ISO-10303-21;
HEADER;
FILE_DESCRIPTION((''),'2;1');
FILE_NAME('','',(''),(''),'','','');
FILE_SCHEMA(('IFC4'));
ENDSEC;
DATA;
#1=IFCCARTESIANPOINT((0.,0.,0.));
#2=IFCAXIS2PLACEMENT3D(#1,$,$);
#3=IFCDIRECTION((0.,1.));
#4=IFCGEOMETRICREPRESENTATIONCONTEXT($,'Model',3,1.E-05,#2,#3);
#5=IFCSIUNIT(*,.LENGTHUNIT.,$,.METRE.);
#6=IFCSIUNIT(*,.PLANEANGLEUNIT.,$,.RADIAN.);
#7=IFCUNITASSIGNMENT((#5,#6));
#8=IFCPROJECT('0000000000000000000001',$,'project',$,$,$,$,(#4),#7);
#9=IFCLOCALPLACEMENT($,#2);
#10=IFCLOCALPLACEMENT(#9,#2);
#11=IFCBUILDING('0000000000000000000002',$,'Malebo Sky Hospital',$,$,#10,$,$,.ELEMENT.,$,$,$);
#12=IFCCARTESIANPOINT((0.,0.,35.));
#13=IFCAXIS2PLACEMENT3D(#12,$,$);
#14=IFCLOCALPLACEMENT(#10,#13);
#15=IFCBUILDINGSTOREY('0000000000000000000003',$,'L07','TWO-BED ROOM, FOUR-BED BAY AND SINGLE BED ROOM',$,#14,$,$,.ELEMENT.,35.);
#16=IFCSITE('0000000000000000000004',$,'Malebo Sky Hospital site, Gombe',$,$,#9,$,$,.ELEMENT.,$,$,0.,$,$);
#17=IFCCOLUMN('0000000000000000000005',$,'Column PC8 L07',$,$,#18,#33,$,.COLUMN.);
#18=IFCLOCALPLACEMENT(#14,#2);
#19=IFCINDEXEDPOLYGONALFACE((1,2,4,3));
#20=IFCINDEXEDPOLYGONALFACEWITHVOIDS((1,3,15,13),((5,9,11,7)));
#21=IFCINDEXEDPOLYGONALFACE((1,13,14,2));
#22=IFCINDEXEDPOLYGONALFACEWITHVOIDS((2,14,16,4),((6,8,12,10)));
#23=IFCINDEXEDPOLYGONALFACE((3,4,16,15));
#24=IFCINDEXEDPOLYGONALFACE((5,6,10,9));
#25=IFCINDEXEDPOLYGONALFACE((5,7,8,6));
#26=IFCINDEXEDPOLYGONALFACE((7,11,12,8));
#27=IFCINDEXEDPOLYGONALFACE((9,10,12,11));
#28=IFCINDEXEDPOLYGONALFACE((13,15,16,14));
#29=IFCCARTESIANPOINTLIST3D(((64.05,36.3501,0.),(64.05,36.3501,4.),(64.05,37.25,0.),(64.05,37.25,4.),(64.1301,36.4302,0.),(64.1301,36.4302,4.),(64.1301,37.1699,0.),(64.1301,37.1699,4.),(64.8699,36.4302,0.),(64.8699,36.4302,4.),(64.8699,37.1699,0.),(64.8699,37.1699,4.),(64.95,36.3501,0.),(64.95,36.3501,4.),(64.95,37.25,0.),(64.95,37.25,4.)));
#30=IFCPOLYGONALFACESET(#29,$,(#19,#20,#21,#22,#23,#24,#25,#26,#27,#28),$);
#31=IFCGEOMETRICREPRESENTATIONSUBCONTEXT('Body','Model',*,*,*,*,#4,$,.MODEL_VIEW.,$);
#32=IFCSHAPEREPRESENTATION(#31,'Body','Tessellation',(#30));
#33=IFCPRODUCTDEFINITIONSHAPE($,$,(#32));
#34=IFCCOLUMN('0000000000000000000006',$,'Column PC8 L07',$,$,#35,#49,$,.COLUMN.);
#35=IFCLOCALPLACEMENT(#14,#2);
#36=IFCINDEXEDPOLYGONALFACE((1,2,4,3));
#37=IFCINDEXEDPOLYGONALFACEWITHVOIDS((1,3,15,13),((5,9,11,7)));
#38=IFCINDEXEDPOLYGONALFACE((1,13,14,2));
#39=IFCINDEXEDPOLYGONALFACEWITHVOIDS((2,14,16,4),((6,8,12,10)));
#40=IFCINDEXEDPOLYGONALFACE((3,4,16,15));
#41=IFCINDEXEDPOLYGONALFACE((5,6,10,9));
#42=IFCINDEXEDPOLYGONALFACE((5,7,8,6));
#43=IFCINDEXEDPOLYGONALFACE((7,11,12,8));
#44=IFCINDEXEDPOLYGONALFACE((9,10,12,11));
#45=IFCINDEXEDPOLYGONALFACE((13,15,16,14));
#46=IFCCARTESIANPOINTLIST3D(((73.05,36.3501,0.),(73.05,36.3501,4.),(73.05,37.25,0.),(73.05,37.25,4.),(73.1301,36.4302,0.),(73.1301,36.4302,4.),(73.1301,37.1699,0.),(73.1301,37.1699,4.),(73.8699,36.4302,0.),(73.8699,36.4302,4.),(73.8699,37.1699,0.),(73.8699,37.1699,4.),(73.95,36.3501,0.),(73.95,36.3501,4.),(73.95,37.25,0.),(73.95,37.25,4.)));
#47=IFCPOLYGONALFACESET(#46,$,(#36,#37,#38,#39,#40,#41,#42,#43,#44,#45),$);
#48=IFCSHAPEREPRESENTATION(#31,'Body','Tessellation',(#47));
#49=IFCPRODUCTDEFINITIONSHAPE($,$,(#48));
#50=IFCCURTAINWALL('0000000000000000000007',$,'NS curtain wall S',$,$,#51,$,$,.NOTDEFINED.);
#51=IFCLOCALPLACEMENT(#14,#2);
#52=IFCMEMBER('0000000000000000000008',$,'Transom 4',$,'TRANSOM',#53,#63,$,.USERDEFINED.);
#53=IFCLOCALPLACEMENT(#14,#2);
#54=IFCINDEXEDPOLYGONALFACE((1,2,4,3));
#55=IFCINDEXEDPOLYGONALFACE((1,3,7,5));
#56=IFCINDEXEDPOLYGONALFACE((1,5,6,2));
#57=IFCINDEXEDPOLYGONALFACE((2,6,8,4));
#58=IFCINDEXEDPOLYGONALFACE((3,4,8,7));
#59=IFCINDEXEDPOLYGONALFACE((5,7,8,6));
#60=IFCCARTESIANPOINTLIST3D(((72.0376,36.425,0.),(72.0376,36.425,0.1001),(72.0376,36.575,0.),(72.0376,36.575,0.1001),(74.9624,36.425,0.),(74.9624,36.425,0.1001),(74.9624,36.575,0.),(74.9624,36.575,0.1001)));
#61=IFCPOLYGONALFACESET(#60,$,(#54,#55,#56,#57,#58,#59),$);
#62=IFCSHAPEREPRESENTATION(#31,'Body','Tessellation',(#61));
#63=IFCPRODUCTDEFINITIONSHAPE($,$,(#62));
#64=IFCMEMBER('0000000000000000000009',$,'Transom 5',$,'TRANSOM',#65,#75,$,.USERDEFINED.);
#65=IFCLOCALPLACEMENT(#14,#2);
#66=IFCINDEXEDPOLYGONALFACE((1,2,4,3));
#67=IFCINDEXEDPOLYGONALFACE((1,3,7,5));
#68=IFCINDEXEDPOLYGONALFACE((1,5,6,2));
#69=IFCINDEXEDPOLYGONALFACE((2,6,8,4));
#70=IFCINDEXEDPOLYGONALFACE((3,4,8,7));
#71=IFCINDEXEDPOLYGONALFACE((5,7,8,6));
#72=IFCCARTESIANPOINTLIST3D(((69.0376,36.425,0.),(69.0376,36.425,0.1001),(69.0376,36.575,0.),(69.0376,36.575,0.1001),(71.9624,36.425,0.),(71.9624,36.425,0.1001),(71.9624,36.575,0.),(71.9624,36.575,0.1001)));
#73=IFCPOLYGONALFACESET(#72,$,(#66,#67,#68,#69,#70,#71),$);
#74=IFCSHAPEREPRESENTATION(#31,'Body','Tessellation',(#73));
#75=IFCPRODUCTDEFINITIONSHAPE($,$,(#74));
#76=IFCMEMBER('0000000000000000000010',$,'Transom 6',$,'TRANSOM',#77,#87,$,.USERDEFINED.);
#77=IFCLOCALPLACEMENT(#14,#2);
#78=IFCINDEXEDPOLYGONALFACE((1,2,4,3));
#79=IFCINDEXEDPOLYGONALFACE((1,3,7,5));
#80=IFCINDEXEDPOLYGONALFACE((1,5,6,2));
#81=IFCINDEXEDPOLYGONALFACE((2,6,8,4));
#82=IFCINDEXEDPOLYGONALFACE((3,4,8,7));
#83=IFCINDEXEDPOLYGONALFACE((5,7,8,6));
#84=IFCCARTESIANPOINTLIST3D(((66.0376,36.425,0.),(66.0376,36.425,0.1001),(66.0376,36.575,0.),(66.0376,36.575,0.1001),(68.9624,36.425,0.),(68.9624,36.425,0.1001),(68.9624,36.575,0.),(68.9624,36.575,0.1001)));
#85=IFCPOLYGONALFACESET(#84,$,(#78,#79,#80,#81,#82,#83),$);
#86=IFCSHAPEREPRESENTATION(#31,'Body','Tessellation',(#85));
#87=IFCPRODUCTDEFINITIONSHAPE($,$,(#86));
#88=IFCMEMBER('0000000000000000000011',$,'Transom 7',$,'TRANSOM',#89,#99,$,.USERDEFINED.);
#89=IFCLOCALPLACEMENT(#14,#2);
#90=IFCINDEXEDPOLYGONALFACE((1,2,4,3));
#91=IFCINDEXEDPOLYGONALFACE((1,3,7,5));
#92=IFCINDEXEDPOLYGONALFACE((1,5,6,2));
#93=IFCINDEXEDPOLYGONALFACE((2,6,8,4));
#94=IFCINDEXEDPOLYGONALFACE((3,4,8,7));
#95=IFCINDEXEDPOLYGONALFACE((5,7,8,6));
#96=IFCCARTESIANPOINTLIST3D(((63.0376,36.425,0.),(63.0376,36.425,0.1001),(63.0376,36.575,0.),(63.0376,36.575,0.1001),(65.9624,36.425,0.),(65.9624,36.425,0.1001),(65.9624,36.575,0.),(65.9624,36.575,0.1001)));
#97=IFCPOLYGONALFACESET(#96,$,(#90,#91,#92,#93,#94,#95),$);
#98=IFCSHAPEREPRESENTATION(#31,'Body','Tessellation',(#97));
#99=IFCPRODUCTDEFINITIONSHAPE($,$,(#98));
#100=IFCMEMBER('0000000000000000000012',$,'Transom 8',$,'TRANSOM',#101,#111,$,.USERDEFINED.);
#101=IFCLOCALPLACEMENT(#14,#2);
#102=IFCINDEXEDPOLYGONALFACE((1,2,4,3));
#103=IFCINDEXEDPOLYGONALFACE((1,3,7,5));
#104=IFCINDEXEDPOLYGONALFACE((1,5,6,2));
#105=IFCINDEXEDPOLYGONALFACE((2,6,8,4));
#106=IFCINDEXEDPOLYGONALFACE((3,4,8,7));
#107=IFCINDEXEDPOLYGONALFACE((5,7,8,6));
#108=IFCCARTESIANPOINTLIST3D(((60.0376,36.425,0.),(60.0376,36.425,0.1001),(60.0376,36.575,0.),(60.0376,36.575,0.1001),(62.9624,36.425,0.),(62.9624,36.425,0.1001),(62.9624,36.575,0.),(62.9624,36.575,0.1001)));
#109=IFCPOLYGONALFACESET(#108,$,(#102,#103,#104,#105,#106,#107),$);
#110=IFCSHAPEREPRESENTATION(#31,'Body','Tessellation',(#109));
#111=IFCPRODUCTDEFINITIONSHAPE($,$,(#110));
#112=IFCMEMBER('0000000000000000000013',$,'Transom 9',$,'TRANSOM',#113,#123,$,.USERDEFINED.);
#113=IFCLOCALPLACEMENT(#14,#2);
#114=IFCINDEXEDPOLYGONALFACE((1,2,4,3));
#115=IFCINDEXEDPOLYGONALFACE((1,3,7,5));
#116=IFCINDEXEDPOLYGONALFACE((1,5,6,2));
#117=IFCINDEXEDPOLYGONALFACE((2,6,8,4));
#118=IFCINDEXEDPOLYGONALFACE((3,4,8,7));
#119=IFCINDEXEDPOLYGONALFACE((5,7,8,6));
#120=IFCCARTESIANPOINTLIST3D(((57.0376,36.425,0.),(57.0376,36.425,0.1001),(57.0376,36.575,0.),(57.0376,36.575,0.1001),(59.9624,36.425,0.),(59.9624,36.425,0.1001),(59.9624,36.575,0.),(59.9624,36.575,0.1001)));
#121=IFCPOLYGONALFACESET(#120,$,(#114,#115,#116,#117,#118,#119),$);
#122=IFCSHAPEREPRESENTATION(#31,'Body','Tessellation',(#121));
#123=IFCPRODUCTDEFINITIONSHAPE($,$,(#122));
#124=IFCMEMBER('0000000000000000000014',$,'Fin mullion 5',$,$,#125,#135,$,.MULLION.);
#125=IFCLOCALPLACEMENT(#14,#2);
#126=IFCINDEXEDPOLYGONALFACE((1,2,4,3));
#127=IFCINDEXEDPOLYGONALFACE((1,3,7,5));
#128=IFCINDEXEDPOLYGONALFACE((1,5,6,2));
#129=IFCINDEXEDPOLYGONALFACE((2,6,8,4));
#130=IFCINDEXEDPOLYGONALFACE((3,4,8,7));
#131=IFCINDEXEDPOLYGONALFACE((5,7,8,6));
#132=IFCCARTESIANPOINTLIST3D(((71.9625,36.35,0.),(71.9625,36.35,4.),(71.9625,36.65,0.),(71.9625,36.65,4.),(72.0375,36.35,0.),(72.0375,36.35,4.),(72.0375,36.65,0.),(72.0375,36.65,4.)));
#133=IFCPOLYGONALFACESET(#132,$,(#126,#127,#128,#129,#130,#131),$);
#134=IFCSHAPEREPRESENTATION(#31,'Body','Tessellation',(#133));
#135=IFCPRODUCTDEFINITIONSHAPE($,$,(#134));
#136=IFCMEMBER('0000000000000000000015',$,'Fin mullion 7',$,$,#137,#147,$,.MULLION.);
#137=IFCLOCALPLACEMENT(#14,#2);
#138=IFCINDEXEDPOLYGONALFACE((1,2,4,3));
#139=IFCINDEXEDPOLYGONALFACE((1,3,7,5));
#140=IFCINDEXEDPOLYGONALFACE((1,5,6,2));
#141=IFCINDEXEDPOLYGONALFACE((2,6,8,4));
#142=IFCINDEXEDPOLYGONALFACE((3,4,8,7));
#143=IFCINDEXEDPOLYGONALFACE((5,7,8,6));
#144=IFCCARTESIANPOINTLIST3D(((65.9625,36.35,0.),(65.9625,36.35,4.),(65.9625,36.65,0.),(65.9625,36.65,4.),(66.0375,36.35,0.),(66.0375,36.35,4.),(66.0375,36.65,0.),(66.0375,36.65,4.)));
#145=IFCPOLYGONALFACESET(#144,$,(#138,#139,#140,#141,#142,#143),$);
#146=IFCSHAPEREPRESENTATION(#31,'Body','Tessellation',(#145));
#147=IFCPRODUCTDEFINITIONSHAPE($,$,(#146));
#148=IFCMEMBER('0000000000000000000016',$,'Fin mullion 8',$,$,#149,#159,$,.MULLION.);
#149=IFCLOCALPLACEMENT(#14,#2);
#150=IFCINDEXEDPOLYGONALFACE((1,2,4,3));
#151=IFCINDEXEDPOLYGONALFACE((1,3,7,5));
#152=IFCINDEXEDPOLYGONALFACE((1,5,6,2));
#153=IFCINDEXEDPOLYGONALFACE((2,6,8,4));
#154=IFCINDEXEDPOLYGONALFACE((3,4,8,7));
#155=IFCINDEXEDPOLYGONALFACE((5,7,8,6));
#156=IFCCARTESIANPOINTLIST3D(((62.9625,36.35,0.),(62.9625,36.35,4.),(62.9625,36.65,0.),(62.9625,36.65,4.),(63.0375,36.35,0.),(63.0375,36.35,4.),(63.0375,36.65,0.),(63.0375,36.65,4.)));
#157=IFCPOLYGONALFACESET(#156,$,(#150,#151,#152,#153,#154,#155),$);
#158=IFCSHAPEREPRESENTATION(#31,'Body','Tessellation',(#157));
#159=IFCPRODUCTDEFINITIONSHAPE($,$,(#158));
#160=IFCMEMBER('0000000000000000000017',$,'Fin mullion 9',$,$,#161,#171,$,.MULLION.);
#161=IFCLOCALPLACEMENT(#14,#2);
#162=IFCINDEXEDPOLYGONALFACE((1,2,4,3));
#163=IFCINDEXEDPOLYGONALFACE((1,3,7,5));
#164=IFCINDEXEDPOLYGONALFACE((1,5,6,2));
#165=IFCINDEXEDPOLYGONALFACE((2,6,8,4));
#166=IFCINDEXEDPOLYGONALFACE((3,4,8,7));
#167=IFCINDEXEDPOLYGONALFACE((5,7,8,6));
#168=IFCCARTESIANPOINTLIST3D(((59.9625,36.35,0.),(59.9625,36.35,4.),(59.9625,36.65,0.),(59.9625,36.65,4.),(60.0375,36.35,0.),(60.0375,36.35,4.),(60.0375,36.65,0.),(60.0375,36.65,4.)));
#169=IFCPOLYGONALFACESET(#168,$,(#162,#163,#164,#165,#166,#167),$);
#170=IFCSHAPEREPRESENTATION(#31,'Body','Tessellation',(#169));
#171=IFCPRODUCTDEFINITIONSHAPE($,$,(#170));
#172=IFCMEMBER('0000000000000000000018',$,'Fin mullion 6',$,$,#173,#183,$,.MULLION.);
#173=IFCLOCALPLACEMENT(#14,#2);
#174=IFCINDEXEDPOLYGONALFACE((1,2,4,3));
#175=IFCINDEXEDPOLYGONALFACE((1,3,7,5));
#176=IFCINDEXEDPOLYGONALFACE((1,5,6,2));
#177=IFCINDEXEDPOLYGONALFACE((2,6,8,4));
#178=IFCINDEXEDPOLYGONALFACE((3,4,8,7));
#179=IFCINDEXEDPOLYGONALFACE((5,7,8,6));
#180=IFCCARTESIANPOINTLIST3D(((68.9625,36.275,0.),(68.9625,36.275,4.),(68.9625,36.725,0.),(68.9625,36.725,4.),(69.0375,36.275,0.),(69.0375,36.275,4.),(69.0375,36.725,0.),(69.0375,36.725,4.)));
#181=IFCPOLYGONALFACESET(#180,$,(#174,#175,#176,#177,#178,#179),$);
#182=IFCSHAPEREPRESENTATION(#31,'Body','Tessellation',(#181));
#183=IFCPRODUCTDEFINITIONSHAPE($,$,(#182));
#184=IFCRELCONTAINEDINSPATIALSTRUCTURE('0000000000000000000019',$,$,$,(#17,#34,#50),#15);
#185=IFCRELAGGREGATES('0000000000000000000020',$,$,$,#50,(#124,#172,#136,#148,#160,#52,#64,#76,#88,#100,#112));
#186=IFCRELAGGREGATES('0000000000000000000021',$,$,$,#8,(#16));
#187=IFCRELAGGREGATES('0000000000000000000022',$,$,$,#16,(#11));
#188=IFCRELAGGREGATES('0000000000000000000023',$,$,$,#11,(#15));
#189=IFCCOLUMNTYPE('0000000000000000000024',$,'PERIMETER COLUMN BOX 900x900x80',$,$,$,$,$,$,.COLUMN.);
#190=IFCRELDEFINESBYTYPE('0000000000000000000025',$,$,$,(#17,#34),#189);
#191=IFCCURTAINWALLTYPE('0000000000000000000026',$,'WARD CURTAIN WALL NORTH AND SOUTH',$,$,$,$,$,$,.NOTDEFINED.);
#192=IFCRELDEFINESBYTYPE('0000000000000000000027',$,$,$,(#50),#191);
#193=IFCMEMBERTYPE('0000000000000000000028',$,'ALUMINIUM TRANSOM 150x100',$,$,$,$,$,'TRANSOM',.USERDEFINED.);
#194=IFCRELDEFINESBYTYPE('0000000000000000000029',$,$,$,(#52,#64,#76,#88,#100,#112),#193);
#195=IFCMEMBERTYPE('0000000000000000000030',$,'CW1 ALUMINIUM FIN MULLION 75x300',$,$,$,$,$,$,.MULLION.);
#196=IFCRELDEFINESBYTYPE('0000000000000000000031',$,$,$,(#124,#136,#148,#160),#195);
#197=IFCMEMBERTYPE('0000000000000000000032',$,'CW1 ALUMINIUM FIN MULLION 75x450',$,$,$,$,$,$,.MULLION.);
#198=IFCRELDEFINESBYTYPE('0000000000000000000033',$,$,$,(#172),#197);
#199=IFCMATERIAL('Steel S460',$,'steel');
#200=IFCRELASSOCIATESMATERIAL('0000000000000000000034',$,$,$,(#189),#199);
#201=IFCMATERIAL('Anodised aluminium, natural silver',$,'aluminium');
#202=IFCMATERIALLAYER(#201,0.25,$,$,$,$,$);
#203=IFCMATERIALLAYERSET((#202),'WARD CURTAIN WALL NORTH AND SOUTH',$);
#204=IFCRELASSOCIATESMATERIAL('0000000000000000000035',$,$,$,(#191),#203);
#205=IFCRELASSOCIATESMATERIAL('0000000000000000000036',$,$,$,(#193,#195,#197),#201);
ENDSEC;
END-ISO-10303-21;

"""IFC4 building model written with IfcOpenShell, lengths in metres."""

from ifc_helpers import new_model, si_unit, direction, frame, origin, origin_2d, place, context, subcontext, project, spatial, rectangle, hollow_rectangle, extrude, material, layer, layer_set, material_profile, profile_set, type_object, element, aggregate, save


model = new_model("IFC4")

# Units and contexts
model_context = context("Model", 3, precision=1e-05, world=origin(), true_north=direction((0.0, 1.0)))
body_context = subcontext(model_context, "Body", "Model", "MODEL_VIEW")
ifc_project = project(units=[si_unit("LENGTHUNIT", "METRE"), si_unit("PLANEANGLEUNIT", "RADIAN")], contexts=[model_context])

# Site, building, storey
site_placement = place(None, origin())
site = spatial("IfcSite", under=ifc_project, at=site_placement, Name="Malebo Sky Hospital site, Gombe", CompositionType="ELEMENT", RefElevation=0.0)
building_placement = place(site_placement, origin())
building = spatial("IfcBuilding", under=site, at=building_placement, Name="Malebo Sky Hospital", CompositionType="ELEMENT")
storey_placement = place(building_placement, frame((0.0, 0.0, 35.0)))
storey = spatial("IfcBuildingStorey", under=building, at=storey_placement, Name="L07", Description="TWO-BED ROOM, FOUR-BED BAY AND SINGLE BED ROOM", CompositionType="ELEMENT", Elevation=35.0)

# Columns
ifc_material_1 = material(Name="Steel S460", Category="steel")
ifc_material_profile_1 = material_profile(ifc_material_1, hollow_rectangle(XDim=0.8999, YDim=0.8999, WallThickness=0.0801, at=origin_2d()), Name="BOX 900x900x80")
ifc_profile_set_1 = profile_set([ifc_material_profile_1], Name="Steel S460")
column_type = type_object("IfcColumnType", Name="PERIMETER COLUMN BOX 900x900x80", PredefinedType="COLUMN", material=ifc_profile_set_1)
for number, where, z_axis, x_axis, name in (
    (1, (64.5, 36.8, 0.0), (0.0, 0.0, 1.0), (1.0, 0.0, 0.0), "Column PC8 L07"),
    (2, (73.5, 36.8, 0.0), (0.0, 0.0, 1.0), (1.0, 0.0, 0.0), "Column PC8 L07"),
):
    element("IfcColumn", number, at=place(storey_placement, frame(where, z_axis=z_axis, x_axis=x_axis)), inside=storey, type_object=column_type, Name=name, PredefinedType="COLUMN", context=body_context, shape_type="SweptSolid", body=[
        extrude(hollow_rectangle(XDim=0.8999, YDim=0.8999, WallThickness=0.0801, at=origin_2d()), origin(), (0.0, 0.0, 1.0), 4.0),
    ])

# Curtain wall, members
ifc_material_2 = material(Name="Anodised aluminium, natural silver", Category="aluminium")
ifc_layer_1 = layer(ifc_material_2, 0.25)
ifc_layer_set_1 = layer_set([ifc_layer_1], Name="WARD CURTAIN WALL NORTH AND SOUTH")
curtain_wall_type = type_object("IfcCurtainWallType", Name="WARD CURTAIN WALL NORTH AND SOUTH", PredefinedType="NOTDEFINED", material=ifc_layer_set_1)
curtain_wall_placement = place(storey_placement, origin())
curtain_wall = element("IfcCurtainWall", 3, at=curtain_wall_placement, inside=storey, type_object=curtain_wall_type, Name="NS curtain wall S", PredefinedType="NOTDEFINED")
ifc_material_profile_2 = material_profile(ifc_material_2, rectangle(XDim=0.1499, YDim=0.1001, at=origin_2d()), Name="ALUMINIUM TRANSOM 150x100")
ifc_profile_set_2 = profile_set([ifc_material_profile_2], Name="Anodised aluminium, natural silver")
member_type_1 = type_object("IfcMemberType", Name="ALUMINIUM TRANSOM 150x100", ElementType="TRANSOM", PredefinedType="USERDEFINED", material=ifc_profile_set_2)
member_1_placement = place(storey_placement, frame((74.9624, 36.5, 0.05), z_axis=(-1.0, 0.0, 0.0), x_axis=(0.0, -1.0, 0.0)))
member_1 = element("IfcMember", 4, at=member_1_placement, type_object=member_type_1, Name="Transom 4", ObjectType="TRANSOM", PredefinedType="USERDEFINED", context=body_context, shape_type="SweptSolid", body=[
    extrude(rectangle(XDim=0.1499, YDim=0.1001, at=origin_2d()), origin(), (0.0, 0.0, 1.0), 2.9248),
])
member_2_placement = place(storey_placement, frame((71.9624, 36.5, 0.05), z_axis=(-1.0, 0.0, 0.0), x_axis=(0.0, -1.0, 0.0)))
member_2 = element("IfcMember", 5, at=member_2_placement, type_object=member_type_1, Name="Transom 5", ObjectType="TRANSOM", PredefinedType="USERDEFINED", context=body_context, shape_type="SweptSolid", body=[
    extrude(rectangle(XDim=0.1499, YDim=0.1001, at=origin_2d()), origin(), (0.0, 0.0, 1.0), 2.9248),
])
member_3_placement = place(storey_placement, frame((68.9624, 36.5, 0.05), z_axis=(-1.0, 0.0, 0.0), x_axis=(0.0, -1.0, 0.0)))
member_3 = element("IfcMember", 6, at=member_3_placement, type_object=member_type_1, Name="Transom 6", ObjectType="TRANSOM", PredefinedType="USERDEFINED", context=body_context, shape_type="SweptSolid", body=[
    extrude(rectangle(XDim=0.1499, YDim=0.1001, at=origin_2d()), origin(), (0.0, 0.0, 1.0), 2.9248),
])
member_4_placement = place(storey_placement, frame((65.9624, 36.5, 0.05), z_axis=(-1.0, 0.0, 0.0), x_axis=(0.0, -1.0, 0.0)))
member_4 = element("IfcMember", 7, at=member_4_placement, type_object=member_type_1, Name="Transom 7", ObjectType="TRANSOM", PredefinedType="USERDEFINED", context=body_context, shape_type="SweptSolid", body=[
    extrude(rectangle(XDim=0.1499, YDim=0.1001, at=origin_2d()), origin(), (0.0, 0.0, 1.0), 2.9248),
])
member_5_placement = place(storey_placement, frame((62.9624, 36.5, 0.05), z_axis=(-1.0, 0.0, 0.0), x_axis=(0.0, -1.0, 0.0)))
member_5 = element("IfcMember", 8, at=member_5_placement, type_object=member_type_1, Name="Transom 8", ObjectType="TRANSOM", PredefinedType="USERDEFINED", context=body_context, shape_type="SweptSolid", body=[
    extrude(rectangle(XDim=0.1499, YDim=0.1001, at=origin_2d()), origin(), (0.0, 0.0, 1.0), 2.9248),
])
member_6_placement = place(storey_placement, frame((59.9624, 36.5, 0.05), z_axis=(-1.0, 0.0, 0.0), x_axis=(0.0, -1.0, 0.0)))
member_6 = element("IfcMember", 9, at=member_6_placement, type_object=member_type_1, Name="Transom 9", ObjectType="TRANSOM", PredefinedType="USERDEFINED", context=body_context, shape_type="SweptSolid", body=[
    extrude(rectangle(XDim=0.1499, YDim=0.1001, at=origin_2d()), origin(), (0.0, 0.0, 1.0), 2.9248),
])
ifc_material_profile_3 = material_profile(ifc_material_2, rectangle(XDim=0.075, YDim=0.3, at=origin_2d()), Name="CW1 ALUMINIUM FIN MULLION 75x300")
ifc_profile_set_3 = profile_set([ifc_material_profile_3], Name="Anodised aluminium, natural silver")
member_type_2 = type_object("IfcMemberType", Name="CW1 ALUMINIUM FIN MULLION 75x300", PredefinedType="MULLION", material=ifc_profile_set_3)
member_7_placement = place(storey_placement, frame((72.0, 36.5, 0.0), z_axis=(0.0, 0.0, 1.0), x_axis=(-1.0, 0.0, 0.0)))
member_7 = element("IfcMember", 10, at=member_7_placement, type_object=member_type_2, Name="Fin mullion 5", PredefinedType="MULLION", context=body_context, shape_type="SweptSolid", body=[
    extrude(rectangle(XDim=0.075, YDim=0.3, at=origin_2d()), origin(), (0.0, 0.0, 1.0), 4.0),
])
member_8_placement = place(storey_placement, frame((66.0, 36.5, 0.0), z_axis=(0.0, 0.0, 1.0), x_axis=(-1.0, 0.0, 0.0)))
member_8 = element("IfcMember", 11, at=member_8_placement, type_object=member_type_2, Name="Fin mullion 7", PredefinedType="MULLION", context=body_context, shape_type="SweptSolid", body=[
    extrude(rectangle(XDim=0.075, YDim=0.3, at=origin_2d()), origin(), (0.0, 0.0, 1.0), 4.0),
])
member_9_placement = place(storey_placement, frame((63.0, 36.5, 0.0), z_axis=(0.0, 0.0, 1.0), x_axis=(-1.0, 0.0, 0.0)))
member_9 = element("IfcMember", 12, at=member_9_placement, type_object=member_type_2, Name="Fin mullion 8", PredefinedType="MULLION", context=body_context, shape_type="SweptSolid", body=[
    extrude(rectangle(XDim=0.075, YDim=0.3, at=origin_2d()), origin(), (0.0, 0.0, 1.0), 4.0),
])
member_10_placement = place(storey_placement, frame((60.0, 36.5, 0.0), z_axis=(0.0, 0.0, 1.0), x_axis=(-1.0, 0.0, 0.0)))
member_10 = element("IfcMember", 13, at=member_10_placement, type_object=member_type_2, Name="Fin mullion 9", PredefinedType="MULLION", context=body_context, shape_type="SweptSolid", body=[
    extrude(rectangle(XDim=0.075, YDim=0.3, at=origin_2d()), origin(), (0.0, 0.0, 1.0), 4.0),
])
ifc_material_profile_4 = material_profile(ifc_material_2, rectangle(XDim=0.075, YDim=0.45, at=origin_2d()), Name="CW1 ALUMINIUM FIN MULLION 75x450")
ifc_profile_set_4 = profile_set([ifc_material_profile_4], Name="Anodised aluminium, natural silver")
member_type_3 = type_object("IfcMemberType", Name="CW1 ALUMINIUM FIN MULLION 75x450", PredefinedType="MULLION", material=ifc_profile_set_4)
member_11_placement = place(storey_placement, frame((69.0, 36.5, 0.0), z_axis=(0.0, 0.0, 1.0), x_axis=(-1.0, 0.0, 0.0)))
member_11 = element("IfcMember", 14, at=member_11_placement, type_object=member_type_3, Name="Fin mullion 6", PredefinedType="MULLION", context=body_context, shape_type="SweptSolid", body=[
    extrude(rectangle(XDim=0.075, YDim=0.45, at=origin_2d()), origin(), (0.0, 0.0, 1.0), 4.0),
])

aggregate(curtain_wall, [member_7, member_11, member_8, member_9, member_10, member_1, member_2, member_3, member_4, member_5, member_6])

save(model, "model.ifc")
